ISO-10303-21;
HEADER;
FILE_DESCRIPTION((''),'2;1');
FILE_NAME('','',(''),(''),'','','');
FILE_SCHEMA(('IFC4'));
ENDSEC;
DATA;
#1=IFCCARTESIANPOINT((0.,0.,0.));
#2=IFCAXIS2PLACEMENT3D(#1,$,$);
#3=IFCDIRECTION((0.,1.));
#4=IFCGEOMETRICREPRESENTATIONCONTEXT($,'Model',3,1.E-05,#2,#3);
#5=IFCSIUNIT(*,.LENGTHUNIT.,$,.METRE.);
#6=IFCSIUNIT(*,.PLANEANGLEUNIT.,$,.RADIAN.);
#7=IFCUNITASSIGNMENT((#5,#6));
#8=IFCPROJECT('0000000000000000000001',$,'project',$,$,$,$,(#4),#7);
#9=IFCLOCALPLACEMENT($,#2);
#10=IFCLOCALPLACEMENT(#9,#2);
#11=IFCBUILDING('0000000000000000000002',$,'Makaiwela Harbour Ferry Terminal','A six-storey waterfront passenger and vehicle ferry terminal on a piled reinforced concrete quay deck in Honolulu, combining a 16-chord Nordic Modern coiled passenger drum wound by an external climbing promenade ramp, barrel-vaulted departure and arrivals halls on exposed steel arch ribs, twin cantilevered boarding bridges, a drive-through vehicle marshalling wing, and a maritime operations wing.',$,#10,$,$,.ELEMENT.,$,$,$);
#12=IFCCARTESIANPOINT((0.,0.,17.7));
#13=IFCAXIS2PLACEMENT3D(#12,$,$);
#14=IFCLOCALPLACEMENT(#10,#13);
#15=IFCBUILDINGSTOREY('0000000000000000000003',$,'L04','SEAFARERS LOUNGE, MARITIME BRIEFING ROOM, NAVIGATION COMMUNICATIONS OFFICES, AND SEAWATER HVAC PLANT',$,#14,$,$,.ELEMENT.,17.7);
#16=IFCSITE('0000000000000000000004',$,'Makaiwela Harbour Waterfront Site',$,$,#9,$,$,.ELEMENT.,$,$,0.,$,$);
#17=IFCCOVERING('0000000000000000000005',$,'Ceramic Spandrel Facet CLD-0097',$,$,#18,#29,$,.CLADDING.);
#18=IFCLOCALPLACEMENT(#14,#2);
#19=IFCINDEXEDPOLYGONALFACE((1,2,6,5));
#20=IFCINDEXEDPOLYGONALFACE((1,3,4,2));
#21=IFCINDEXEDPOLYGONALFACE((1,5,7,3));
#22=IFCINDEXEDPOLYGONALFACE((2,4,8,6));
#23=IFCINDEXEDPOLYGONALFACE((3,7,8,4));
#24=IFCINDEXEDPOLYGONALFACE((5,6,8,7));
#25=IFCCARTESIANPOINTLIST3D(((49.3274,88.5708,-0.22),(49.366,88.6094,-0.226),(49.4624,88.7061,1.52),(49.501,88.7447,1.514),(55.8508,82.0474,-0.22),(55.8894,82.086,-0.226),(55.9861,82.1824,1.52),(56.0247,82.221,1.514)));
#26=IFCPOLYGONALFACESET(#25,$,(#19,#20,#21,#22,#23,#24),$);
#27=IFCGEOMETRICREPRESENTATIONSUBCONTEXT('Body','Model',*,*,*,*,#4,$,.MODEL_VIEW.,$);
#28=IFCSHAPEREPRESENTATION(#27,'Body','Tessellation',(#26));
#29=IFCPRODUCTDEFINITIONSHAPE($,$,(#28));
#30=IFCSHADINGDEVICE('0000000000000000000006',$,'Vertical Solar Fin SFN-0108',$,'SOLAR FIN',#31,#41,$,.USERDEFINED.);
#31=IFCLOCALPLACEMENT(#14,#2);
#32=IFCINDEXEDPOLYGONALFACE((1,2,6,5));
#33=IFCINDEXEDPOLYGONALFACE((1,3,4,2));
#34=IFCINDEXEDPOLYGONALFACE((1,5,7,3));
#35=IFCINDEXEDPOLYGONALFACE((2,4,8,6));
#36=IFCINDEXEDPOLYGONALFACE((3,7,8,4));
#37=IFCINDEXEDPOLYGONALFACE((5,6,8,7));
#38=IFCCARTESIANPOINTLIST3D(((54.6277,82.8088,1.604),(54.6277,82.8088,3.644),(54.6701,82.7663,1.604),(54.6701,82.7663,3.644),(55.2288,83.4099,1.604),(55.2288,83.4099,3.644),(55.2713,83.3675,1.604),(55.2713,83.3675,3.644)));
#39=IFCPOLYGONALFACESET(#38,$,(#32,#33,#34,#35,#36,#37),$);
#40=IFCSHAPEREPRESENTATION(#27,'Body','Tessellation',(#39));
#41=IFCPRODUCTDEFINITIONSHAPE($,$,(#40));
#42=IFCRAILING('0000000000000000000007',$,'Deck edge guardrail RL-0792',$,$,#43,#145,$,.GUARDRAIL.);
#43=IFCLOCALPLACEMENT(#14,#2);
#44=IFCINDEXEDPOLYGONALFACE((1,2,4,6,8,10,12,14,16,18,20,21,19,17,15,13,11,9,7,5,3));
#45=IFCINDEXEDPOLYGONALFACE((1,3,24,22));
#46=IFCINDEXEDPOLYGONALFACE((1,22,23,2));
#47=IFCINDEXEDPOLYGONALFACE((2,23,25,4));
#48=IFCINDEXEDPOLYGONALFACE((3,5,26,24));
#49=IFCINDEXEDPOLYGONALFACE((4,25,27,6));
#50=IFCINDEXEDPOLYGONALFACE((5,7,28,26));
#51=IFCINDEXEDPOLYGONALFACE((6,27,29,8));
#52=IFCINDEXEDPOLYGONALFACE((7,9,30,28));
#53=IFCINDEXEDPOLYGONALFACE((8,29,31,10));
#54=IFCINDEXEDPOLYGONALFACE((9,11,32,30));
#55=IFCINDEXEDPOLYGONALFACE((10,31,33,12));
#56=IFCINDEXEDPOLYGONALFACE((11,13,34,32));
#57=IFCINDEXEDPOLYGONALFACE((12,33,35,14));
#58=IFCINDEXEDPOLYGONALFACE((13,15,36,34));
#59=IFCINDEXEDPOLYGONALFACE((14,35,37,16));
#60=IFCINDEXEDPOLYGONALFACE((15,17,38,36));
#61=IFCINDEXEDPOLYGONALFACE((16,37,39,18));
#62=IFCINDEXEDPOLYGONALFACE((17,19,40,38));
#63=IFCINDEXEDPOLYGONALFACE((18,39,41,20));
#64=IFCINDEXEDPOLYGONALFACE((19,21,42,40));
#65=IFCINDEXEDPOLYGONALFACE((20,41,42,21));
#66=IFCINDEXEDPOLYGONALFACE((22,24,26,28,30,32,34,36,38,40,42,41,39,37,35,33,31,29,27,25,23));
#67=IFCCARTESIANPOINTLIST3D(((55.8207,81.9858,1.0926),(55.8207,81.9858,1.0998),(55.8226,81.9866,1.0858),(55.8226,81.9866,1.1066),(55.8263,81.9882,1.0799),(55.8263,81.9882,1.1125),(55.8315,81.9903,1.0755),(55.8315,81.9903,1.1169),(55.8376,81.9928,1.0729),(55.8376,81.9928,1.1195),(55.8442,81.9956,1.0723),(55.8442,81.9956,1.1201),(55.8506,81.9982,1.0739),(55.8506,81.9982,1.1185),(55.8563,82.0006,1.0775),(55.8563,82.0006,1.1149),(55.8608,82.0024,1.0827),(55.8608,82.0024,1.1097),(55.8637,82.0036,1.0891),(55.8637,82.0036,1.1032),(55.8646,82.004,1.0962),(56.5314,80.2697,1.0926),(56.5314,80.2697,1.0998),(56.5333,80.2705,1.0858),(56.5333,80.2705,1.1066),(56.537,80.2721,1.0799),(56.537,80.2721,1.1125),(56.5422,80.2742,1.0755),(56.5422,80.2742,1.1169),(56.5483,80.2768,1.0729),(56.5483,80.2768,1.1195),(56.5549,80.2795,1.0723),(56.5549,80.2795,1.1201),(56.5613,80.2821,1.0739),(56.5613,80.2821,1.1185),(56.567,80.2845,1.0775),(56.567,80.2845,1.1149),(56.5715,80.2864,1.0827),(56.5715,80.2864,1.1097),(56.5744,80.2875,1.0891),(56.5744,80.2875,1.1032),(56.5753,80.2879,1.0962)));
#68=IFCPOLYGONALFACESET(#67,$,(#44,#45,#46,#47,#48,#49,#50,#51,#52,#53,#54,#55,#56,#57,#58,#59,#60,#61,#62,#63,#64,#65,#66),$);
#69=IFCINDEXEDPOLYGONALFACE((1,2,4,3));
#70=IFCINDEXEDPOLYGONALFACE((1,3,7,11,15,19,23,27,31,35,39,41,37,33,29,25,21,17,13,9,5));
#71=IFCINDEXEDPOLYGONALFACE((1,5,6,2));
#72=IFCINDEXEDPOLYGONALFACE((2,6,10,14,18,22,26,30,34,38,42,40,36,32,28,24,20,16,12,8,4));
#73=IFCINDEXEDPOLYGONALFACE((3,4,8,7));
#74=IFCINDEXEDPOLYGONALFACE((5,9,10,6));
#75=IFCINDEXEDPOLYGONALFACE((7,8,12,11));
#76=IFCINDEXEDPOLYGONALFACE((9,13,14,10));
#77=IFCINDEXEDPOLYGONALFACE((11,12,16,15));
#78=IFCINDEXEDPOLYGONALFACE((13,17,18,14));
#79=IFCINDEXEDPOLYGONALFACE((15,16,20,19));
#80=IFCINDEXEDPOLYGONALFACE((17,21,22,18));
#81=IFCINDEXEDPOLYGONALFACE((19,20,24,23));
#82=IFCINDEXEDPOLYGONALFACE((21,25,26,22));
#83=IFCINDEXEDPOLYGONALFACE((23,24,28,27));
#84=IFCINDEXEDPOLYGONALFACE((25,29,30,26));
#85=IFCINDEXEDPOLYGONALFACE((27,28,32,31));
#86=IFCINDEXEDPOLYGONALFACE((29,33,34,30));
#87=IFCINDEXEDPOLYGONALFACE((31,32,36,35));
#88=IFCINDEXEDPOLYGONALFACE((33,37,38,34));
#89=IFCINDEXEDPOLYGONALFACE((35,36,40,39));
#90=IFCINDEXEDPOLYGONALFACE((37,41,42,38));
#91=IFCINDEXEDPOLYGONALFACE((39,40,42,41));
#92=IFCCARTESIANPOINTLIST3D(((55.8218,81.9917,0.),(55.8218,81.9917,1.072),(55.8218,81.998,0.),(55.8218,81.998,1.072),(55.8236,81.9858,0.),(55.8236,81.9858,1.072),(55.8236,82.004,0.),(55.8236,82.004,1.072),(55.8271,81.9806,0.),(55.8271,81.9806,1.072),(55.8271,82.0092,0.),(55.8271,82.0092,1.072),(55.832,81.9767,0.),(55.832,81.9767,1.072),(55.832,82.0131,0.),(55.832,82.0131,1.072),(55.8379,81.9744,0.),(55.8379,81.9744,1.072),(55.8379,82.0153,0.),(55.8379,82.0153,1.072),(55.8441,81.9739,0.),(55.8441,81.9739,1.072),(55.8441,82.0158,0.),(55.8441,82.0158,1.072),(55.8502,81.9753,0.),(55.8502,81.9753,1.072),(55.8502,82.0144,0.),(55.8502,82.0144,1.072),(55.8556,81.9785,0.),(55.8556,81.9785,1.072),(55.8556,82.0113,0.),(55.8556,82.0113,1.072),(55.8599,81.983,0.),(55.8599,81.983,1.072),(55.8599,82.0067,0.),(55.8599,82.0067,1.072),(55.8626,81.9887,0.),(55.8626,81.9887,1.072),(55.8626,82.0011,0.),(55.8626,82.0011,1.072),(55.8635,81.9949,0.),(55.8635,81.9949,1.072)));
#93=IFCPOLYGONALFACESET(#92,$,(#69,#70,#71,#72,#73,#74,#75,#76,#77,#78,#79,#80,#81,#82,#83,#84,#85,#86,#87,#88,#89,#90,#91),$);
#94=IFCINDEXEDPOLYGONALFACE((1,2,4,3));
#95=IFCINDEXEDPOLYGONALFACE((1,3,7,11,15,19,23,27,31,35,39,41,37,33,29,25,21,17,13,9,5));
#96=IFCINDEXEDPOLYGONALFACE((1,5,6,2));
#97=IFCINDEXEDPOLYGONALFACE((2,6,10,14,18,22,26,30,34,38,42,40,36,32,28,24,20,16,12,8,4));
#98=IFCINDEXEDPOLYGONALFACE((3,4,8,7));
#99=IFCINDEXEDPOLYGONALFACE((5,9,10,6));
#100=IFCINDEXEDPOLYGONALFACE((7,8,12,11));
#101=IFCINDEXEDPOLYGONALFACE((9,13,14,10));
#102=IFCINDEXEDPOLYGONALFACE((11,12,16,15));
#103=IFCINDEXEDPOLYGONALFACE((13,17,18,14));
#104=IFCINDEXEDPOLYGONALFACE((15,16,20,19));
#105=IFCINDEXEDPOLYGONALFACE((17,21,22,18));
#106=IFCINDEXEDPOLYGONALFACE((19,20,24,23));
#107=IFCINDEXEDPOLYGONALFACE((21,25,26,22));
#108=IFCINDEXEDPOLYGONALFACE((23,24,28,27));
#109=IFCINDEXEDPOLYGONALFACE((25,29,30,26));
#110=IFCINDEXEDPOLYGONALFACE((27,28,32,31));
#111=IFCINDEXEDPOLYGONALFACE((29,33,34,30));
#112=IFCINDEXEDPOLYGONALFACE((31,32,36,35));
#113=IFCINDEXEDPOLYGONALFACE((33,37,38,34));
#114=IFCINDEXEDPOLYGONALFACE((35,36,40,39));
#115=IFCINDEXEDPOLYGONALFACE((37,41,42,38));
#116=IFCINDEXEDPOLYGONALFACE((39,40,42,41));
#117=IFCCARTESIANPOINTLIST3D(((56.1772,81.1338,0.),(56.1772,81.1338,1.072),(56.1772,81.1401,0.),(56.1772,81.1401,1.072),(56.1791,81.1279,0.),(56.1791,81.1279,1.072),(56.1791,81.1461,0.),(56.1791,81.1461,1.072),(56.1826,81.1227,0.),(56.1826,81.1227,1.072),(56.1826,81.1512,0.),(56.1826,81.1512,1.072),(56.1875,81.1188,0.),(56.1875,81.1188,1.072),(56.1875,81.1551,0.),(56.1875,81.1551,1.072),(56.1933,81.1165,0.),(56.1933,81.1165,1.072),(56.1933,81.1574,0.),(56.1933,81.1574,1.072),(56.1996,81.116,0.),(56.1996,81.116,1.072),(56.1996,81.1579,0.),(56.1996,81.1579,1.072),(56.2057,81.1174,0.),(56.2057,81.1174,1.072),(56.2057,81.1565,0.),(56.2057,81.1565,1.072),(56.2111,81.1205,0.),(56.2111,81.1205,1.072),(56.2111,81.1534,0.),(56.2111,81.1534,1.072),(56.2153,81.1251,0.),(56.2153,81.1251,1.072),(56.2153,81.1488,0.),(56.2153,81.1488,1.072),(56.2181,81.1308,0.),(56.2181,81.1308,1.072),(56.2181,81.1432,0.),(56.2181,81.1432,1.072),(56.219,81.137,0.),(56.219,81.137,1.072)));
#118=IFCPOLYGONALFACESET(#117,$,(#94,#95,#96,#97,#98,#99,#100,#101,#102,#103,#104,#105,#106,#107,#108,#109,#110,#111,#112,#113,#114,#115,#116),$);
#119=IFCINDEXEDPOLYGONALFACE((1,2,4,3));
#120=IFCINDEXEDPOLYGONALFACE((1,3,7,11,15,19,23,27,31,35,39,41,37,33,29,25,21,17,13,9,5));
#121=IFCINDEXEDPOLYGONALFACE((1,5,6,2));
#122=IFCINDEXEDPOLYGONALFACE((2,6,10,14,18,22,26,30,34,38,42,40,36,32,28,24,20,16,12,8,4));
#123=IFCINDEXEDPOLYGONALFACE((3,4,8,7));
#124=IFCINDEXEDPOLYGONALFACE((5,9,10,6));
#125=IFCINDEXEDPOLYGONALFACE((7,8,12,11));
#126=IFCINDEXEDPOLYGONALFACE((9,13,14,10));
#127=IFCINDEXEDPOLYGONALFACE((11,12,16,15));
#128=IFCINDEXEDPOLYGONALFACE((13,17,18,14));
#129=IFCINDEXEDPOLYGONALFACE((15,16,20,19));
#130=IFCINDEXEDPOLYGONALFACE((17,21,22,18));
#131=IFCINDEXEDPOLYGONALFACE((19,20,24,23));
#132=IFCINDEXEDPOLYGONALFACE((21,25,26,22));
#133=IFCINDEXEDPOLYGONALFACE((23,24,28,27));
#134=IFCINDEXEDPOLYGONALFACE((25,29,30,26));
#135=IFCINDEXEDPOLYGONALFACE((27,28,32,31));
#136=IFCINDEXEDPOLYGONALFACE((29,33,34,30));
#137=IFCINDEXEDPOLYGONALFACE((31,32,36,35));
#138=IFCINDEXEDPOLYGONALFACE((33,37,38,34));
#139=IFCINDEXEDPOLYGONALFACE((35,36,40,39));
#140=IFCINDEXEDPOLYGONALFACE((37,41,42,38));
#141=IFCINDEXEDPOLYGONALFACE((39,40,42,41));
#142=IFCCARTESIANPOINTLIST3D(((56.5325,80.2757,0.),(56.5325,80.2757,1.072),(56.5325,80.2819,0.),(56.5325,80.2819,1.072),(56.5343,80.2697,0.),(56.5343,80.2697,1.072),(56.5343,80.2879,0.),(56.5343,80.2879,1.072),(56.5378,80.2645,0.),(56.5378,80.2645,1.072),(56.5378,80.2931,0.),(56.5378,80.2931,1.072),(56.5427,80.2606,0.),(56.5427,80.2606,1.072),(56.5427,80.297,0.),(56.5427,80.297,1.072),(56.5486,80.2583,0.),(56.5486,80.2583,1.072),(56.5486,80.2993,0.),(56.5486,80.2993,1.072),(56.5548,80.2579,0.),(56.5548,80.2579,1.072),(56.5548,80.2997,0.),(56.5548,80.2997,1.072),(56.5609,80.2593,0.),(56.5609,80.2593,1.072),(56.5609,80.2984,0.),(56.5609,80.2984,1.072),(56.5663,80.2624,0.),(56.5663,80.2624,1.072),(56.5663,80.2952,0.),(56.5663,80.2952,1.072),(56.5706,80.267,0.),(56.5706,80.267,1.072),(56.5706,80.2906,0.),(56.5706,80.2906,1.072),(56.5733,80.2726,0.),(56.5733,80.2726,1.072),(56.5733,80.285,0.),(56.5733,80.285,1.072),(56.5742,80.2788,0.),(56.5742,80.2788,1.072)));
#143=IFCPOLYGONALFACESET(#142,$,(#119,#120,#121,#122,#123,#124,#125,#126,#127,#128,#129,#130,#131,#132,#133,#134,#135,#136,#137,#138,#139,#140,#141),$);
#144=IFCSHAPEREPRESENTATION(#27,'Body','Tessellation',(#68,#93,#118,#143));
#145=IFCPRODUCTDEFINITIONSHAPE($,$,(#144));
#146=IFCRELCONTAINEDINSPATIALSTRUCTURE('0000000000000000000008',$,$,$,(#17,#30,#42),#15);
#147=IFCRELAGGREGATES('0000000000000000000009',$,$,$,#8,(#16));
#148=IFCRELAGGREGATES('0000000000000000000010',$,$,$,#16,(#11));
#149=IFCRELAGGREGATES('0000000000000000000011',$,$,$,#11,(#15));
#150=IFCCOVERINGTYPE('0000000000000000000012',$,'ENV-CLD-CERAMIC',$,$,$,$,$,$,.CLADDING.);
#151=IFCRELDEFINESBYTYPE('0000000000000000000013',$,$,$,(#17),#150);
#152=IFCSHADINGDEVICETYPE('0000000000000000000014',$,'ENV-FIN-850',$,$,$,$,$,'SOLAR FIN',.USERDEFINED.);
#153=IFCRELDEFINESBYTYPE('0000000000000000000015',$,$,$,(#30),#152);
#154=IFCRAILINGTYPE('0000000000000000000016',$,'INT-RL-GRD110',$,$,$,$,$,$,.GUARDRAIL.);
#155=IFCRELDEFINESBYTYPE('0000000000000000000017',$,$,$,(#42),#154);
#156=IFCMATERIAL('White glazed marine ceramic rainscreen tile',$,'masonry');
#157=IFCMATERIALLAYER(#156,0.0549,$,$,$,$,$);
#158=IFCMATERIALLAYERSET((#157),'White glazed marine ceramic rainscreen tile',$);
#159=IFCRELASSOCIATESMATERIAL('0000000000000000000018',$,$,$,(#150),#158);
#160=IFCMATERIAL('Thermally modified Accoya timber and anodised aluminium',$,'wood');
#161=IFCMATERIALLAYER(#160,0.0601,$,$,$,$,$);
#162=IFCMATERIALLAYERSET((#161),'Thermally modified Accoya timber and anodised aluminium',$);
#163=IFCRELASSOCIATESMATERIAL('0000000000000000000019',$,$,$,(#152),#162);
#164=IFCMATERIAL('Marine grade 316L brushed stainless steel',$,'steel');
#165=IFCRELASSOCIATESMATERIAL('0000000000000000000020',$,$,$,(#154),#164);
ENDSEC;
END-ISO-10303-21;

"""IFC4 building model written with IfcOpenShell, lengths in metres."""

from ifc_helpers import new_model, si_unit, direction, frame, origin, origin_2d, place, context, subcontext, project, spatial, polyline, rectangle, circle, outline, extrude, material, layer, layer_set, type_object, element, save


model = new_model("IFC4")

# Units and contexts
model_context = context("Model", 3, precision=1e-05, world=origin(), true_north=direction((0.0, 1.0)))
body_context = subcontext(model_context, "Body", "Model", "MODEL_VIEW")
ifc_project = project(units=[si_unit("LENGTHUNIT", "METRE"), si_unit("PLANEANGLEUNIT", "RADIAN")], contexts=[model_context])

# Site, building, storey
site_placement = place(None, origin())
site = spatial("IfcSite", under=ifc_project, at=site_placement, Name="Makaiwela Harbour Waterfront Site", CompositionType="ELEMENT", RefElevation=0.0)
building_placement = place(site_placement, origin())
building = spatial("IfcBuilding", under=site, at=building_placement, Name="Makaiwela Harbour Ferry Terminal", Description="A six-storey waterfront passenger and vehicle ferry terminal on a piled reinforced concrete quay deck in Honolulu, combining a 16-chord Nordic Modern coiled passenger drum wound by an external climbing promenade ramp, barrel-vaulted departure and arrivals halls on exposed steel arch ribs, twin cantilevered boarding bridges, a drive-through vehicle marshalling wing, and a maritime operations wing.", CompositionType="ELEMENT")
storey_placement = place(building_placement, frame((0.0, 0.0, 17.7)))
storey = spatial("IfcBuildingStorey", under=building, at=storey_placement, Name="L04", Description="SEAFARERS LOUNGE, MARITIME BRIEFING ROOM, NAVIGATION COMMUNICATIONS OFFICES, AND SEAWATER HVAC PLANT", CompositionType="ELEMENT", Elevation=17.7)

# Covering
ifc_material_1 = material(Name="White glazed marine ceramic rainscreen tile", Category="masonry")
ifc_layer_1 = layer(ifc_material_1, 0.0549)
ifc_layer_set_1 = layer_set([ifc_layer_1], Name="White glazed marine ceramic rainscreen tile")
covering_type = type_object("IfcCoveringType", Name="ENV-CLD-CERAMIC", PredefinedType="CLADDING", material=ifc_layer_set_1)
covering_placement = place(storey_placement, frame((55.8508, 82.0474, -0.22), z_axis=(-0.70288, -0.70288, 0.109175), x_axis=(-0.707107, 0.707107, 0.0)))
element("IfcCovering", 1, at=covering_placement, inside=storey, type_object=covering_type, Name="Ceramic Spandrel Facet CLD-0097", PredefinedType="CLADDING", context=body_context, shape_type="SweptSolid", body=[
    extrude(outline(polyline([(0.0, 0.0), (9.2255, 0.0), (9.2257, -1.7505), (-0.0002, -1.7505), (0.0, 0.0)])), origin(), (0.0, 0.0, -1.0), 0.0549),
])

# Shading device
ifc_material_2 = material(Name="Thermally modified Accoya timber and anodised aluminium", Category="wood")
ifc_layer_2 = layer(ifc_material_2, 0.0601)
ifc_layer_set_2 = layer_set([ifc_layer_2], Name="Thermally modified Accoya timber and anodised aluminium")
shading_device_type = type_object("IfcShadingDeviceType", Name="ENV-FIN-850", ElementType="SOLAR FIN", PredefinedType="USERDEFINED", material=ifc_layer_set_2)
shading_device_placement = place(storey_placement, frame((54.9495, 83.0881, 1.604), z_axis=(0.0, 0.0, 1.0), x_axis=(0.707107, 0.707107, 0.0)))
element("IfcShadingDevice", 2, at=shading_device_placement, inside=storey, type_object=shading_device_type, Name="Vertical Solar Fin SFN-0108", ObjectType="SOLAR FIN", PredefinedType="USERDEFINED", context=body_context, shape_type="SweptSolid", body=[
    extrude(rectangle(XDim=0.8501, YDim=0.0601, at=origin_2d()), origin(), (0.0, 0.0, 1.0), 2.04),
])

# Railing
ifc_material_3 = material(Name="Marine grade 316L brushed stainless steel", Category="steel")
railing_type = type_object("IfcRailingType", Name="INT-RL-GRD110", PredefinedType="GUARDRAIL", material=ifc_material_3)
railing_1_placement = place(storey_placement, frame((55.8425, 81.9949, 0.0)))
element("IfcRailing", 3, at=railing_1_placement, inside=storey, type_object=railing_type, Name="Deck edge guardrail RL-0792", PredefinedType="GUARDRAIL", context=body_context, shape_type="SweptSolid", body=[
    extrude(circle(Radius=0.0239, at=origin_2d()), frame((0.0, 0.0, 1.0962), z_axis=(0.382627, -0.923903, 0.0), x_axis=(0.923903, 0.382627, 0.0)), (0.0, 0.0, 1.0), 1.8574),
    extrude(circle(Radius=0.021, at=origin_2d()), origin(), (0.0, 0.0, 1.0), 1.072),
    extrude(circle(Radius=0.021, at=origin_2d()), frame((0.3555, -0.8579, 0.0)), (0.0, 0.0, 1.0), 1.072),
    extrude(circle(Radius=0.021, at=origin_2d()), frame((0.7107, -1.7161, 0.0)), (0.0, 0.0, 1.0), 1.072),
])

save(model, "model.ifc")
